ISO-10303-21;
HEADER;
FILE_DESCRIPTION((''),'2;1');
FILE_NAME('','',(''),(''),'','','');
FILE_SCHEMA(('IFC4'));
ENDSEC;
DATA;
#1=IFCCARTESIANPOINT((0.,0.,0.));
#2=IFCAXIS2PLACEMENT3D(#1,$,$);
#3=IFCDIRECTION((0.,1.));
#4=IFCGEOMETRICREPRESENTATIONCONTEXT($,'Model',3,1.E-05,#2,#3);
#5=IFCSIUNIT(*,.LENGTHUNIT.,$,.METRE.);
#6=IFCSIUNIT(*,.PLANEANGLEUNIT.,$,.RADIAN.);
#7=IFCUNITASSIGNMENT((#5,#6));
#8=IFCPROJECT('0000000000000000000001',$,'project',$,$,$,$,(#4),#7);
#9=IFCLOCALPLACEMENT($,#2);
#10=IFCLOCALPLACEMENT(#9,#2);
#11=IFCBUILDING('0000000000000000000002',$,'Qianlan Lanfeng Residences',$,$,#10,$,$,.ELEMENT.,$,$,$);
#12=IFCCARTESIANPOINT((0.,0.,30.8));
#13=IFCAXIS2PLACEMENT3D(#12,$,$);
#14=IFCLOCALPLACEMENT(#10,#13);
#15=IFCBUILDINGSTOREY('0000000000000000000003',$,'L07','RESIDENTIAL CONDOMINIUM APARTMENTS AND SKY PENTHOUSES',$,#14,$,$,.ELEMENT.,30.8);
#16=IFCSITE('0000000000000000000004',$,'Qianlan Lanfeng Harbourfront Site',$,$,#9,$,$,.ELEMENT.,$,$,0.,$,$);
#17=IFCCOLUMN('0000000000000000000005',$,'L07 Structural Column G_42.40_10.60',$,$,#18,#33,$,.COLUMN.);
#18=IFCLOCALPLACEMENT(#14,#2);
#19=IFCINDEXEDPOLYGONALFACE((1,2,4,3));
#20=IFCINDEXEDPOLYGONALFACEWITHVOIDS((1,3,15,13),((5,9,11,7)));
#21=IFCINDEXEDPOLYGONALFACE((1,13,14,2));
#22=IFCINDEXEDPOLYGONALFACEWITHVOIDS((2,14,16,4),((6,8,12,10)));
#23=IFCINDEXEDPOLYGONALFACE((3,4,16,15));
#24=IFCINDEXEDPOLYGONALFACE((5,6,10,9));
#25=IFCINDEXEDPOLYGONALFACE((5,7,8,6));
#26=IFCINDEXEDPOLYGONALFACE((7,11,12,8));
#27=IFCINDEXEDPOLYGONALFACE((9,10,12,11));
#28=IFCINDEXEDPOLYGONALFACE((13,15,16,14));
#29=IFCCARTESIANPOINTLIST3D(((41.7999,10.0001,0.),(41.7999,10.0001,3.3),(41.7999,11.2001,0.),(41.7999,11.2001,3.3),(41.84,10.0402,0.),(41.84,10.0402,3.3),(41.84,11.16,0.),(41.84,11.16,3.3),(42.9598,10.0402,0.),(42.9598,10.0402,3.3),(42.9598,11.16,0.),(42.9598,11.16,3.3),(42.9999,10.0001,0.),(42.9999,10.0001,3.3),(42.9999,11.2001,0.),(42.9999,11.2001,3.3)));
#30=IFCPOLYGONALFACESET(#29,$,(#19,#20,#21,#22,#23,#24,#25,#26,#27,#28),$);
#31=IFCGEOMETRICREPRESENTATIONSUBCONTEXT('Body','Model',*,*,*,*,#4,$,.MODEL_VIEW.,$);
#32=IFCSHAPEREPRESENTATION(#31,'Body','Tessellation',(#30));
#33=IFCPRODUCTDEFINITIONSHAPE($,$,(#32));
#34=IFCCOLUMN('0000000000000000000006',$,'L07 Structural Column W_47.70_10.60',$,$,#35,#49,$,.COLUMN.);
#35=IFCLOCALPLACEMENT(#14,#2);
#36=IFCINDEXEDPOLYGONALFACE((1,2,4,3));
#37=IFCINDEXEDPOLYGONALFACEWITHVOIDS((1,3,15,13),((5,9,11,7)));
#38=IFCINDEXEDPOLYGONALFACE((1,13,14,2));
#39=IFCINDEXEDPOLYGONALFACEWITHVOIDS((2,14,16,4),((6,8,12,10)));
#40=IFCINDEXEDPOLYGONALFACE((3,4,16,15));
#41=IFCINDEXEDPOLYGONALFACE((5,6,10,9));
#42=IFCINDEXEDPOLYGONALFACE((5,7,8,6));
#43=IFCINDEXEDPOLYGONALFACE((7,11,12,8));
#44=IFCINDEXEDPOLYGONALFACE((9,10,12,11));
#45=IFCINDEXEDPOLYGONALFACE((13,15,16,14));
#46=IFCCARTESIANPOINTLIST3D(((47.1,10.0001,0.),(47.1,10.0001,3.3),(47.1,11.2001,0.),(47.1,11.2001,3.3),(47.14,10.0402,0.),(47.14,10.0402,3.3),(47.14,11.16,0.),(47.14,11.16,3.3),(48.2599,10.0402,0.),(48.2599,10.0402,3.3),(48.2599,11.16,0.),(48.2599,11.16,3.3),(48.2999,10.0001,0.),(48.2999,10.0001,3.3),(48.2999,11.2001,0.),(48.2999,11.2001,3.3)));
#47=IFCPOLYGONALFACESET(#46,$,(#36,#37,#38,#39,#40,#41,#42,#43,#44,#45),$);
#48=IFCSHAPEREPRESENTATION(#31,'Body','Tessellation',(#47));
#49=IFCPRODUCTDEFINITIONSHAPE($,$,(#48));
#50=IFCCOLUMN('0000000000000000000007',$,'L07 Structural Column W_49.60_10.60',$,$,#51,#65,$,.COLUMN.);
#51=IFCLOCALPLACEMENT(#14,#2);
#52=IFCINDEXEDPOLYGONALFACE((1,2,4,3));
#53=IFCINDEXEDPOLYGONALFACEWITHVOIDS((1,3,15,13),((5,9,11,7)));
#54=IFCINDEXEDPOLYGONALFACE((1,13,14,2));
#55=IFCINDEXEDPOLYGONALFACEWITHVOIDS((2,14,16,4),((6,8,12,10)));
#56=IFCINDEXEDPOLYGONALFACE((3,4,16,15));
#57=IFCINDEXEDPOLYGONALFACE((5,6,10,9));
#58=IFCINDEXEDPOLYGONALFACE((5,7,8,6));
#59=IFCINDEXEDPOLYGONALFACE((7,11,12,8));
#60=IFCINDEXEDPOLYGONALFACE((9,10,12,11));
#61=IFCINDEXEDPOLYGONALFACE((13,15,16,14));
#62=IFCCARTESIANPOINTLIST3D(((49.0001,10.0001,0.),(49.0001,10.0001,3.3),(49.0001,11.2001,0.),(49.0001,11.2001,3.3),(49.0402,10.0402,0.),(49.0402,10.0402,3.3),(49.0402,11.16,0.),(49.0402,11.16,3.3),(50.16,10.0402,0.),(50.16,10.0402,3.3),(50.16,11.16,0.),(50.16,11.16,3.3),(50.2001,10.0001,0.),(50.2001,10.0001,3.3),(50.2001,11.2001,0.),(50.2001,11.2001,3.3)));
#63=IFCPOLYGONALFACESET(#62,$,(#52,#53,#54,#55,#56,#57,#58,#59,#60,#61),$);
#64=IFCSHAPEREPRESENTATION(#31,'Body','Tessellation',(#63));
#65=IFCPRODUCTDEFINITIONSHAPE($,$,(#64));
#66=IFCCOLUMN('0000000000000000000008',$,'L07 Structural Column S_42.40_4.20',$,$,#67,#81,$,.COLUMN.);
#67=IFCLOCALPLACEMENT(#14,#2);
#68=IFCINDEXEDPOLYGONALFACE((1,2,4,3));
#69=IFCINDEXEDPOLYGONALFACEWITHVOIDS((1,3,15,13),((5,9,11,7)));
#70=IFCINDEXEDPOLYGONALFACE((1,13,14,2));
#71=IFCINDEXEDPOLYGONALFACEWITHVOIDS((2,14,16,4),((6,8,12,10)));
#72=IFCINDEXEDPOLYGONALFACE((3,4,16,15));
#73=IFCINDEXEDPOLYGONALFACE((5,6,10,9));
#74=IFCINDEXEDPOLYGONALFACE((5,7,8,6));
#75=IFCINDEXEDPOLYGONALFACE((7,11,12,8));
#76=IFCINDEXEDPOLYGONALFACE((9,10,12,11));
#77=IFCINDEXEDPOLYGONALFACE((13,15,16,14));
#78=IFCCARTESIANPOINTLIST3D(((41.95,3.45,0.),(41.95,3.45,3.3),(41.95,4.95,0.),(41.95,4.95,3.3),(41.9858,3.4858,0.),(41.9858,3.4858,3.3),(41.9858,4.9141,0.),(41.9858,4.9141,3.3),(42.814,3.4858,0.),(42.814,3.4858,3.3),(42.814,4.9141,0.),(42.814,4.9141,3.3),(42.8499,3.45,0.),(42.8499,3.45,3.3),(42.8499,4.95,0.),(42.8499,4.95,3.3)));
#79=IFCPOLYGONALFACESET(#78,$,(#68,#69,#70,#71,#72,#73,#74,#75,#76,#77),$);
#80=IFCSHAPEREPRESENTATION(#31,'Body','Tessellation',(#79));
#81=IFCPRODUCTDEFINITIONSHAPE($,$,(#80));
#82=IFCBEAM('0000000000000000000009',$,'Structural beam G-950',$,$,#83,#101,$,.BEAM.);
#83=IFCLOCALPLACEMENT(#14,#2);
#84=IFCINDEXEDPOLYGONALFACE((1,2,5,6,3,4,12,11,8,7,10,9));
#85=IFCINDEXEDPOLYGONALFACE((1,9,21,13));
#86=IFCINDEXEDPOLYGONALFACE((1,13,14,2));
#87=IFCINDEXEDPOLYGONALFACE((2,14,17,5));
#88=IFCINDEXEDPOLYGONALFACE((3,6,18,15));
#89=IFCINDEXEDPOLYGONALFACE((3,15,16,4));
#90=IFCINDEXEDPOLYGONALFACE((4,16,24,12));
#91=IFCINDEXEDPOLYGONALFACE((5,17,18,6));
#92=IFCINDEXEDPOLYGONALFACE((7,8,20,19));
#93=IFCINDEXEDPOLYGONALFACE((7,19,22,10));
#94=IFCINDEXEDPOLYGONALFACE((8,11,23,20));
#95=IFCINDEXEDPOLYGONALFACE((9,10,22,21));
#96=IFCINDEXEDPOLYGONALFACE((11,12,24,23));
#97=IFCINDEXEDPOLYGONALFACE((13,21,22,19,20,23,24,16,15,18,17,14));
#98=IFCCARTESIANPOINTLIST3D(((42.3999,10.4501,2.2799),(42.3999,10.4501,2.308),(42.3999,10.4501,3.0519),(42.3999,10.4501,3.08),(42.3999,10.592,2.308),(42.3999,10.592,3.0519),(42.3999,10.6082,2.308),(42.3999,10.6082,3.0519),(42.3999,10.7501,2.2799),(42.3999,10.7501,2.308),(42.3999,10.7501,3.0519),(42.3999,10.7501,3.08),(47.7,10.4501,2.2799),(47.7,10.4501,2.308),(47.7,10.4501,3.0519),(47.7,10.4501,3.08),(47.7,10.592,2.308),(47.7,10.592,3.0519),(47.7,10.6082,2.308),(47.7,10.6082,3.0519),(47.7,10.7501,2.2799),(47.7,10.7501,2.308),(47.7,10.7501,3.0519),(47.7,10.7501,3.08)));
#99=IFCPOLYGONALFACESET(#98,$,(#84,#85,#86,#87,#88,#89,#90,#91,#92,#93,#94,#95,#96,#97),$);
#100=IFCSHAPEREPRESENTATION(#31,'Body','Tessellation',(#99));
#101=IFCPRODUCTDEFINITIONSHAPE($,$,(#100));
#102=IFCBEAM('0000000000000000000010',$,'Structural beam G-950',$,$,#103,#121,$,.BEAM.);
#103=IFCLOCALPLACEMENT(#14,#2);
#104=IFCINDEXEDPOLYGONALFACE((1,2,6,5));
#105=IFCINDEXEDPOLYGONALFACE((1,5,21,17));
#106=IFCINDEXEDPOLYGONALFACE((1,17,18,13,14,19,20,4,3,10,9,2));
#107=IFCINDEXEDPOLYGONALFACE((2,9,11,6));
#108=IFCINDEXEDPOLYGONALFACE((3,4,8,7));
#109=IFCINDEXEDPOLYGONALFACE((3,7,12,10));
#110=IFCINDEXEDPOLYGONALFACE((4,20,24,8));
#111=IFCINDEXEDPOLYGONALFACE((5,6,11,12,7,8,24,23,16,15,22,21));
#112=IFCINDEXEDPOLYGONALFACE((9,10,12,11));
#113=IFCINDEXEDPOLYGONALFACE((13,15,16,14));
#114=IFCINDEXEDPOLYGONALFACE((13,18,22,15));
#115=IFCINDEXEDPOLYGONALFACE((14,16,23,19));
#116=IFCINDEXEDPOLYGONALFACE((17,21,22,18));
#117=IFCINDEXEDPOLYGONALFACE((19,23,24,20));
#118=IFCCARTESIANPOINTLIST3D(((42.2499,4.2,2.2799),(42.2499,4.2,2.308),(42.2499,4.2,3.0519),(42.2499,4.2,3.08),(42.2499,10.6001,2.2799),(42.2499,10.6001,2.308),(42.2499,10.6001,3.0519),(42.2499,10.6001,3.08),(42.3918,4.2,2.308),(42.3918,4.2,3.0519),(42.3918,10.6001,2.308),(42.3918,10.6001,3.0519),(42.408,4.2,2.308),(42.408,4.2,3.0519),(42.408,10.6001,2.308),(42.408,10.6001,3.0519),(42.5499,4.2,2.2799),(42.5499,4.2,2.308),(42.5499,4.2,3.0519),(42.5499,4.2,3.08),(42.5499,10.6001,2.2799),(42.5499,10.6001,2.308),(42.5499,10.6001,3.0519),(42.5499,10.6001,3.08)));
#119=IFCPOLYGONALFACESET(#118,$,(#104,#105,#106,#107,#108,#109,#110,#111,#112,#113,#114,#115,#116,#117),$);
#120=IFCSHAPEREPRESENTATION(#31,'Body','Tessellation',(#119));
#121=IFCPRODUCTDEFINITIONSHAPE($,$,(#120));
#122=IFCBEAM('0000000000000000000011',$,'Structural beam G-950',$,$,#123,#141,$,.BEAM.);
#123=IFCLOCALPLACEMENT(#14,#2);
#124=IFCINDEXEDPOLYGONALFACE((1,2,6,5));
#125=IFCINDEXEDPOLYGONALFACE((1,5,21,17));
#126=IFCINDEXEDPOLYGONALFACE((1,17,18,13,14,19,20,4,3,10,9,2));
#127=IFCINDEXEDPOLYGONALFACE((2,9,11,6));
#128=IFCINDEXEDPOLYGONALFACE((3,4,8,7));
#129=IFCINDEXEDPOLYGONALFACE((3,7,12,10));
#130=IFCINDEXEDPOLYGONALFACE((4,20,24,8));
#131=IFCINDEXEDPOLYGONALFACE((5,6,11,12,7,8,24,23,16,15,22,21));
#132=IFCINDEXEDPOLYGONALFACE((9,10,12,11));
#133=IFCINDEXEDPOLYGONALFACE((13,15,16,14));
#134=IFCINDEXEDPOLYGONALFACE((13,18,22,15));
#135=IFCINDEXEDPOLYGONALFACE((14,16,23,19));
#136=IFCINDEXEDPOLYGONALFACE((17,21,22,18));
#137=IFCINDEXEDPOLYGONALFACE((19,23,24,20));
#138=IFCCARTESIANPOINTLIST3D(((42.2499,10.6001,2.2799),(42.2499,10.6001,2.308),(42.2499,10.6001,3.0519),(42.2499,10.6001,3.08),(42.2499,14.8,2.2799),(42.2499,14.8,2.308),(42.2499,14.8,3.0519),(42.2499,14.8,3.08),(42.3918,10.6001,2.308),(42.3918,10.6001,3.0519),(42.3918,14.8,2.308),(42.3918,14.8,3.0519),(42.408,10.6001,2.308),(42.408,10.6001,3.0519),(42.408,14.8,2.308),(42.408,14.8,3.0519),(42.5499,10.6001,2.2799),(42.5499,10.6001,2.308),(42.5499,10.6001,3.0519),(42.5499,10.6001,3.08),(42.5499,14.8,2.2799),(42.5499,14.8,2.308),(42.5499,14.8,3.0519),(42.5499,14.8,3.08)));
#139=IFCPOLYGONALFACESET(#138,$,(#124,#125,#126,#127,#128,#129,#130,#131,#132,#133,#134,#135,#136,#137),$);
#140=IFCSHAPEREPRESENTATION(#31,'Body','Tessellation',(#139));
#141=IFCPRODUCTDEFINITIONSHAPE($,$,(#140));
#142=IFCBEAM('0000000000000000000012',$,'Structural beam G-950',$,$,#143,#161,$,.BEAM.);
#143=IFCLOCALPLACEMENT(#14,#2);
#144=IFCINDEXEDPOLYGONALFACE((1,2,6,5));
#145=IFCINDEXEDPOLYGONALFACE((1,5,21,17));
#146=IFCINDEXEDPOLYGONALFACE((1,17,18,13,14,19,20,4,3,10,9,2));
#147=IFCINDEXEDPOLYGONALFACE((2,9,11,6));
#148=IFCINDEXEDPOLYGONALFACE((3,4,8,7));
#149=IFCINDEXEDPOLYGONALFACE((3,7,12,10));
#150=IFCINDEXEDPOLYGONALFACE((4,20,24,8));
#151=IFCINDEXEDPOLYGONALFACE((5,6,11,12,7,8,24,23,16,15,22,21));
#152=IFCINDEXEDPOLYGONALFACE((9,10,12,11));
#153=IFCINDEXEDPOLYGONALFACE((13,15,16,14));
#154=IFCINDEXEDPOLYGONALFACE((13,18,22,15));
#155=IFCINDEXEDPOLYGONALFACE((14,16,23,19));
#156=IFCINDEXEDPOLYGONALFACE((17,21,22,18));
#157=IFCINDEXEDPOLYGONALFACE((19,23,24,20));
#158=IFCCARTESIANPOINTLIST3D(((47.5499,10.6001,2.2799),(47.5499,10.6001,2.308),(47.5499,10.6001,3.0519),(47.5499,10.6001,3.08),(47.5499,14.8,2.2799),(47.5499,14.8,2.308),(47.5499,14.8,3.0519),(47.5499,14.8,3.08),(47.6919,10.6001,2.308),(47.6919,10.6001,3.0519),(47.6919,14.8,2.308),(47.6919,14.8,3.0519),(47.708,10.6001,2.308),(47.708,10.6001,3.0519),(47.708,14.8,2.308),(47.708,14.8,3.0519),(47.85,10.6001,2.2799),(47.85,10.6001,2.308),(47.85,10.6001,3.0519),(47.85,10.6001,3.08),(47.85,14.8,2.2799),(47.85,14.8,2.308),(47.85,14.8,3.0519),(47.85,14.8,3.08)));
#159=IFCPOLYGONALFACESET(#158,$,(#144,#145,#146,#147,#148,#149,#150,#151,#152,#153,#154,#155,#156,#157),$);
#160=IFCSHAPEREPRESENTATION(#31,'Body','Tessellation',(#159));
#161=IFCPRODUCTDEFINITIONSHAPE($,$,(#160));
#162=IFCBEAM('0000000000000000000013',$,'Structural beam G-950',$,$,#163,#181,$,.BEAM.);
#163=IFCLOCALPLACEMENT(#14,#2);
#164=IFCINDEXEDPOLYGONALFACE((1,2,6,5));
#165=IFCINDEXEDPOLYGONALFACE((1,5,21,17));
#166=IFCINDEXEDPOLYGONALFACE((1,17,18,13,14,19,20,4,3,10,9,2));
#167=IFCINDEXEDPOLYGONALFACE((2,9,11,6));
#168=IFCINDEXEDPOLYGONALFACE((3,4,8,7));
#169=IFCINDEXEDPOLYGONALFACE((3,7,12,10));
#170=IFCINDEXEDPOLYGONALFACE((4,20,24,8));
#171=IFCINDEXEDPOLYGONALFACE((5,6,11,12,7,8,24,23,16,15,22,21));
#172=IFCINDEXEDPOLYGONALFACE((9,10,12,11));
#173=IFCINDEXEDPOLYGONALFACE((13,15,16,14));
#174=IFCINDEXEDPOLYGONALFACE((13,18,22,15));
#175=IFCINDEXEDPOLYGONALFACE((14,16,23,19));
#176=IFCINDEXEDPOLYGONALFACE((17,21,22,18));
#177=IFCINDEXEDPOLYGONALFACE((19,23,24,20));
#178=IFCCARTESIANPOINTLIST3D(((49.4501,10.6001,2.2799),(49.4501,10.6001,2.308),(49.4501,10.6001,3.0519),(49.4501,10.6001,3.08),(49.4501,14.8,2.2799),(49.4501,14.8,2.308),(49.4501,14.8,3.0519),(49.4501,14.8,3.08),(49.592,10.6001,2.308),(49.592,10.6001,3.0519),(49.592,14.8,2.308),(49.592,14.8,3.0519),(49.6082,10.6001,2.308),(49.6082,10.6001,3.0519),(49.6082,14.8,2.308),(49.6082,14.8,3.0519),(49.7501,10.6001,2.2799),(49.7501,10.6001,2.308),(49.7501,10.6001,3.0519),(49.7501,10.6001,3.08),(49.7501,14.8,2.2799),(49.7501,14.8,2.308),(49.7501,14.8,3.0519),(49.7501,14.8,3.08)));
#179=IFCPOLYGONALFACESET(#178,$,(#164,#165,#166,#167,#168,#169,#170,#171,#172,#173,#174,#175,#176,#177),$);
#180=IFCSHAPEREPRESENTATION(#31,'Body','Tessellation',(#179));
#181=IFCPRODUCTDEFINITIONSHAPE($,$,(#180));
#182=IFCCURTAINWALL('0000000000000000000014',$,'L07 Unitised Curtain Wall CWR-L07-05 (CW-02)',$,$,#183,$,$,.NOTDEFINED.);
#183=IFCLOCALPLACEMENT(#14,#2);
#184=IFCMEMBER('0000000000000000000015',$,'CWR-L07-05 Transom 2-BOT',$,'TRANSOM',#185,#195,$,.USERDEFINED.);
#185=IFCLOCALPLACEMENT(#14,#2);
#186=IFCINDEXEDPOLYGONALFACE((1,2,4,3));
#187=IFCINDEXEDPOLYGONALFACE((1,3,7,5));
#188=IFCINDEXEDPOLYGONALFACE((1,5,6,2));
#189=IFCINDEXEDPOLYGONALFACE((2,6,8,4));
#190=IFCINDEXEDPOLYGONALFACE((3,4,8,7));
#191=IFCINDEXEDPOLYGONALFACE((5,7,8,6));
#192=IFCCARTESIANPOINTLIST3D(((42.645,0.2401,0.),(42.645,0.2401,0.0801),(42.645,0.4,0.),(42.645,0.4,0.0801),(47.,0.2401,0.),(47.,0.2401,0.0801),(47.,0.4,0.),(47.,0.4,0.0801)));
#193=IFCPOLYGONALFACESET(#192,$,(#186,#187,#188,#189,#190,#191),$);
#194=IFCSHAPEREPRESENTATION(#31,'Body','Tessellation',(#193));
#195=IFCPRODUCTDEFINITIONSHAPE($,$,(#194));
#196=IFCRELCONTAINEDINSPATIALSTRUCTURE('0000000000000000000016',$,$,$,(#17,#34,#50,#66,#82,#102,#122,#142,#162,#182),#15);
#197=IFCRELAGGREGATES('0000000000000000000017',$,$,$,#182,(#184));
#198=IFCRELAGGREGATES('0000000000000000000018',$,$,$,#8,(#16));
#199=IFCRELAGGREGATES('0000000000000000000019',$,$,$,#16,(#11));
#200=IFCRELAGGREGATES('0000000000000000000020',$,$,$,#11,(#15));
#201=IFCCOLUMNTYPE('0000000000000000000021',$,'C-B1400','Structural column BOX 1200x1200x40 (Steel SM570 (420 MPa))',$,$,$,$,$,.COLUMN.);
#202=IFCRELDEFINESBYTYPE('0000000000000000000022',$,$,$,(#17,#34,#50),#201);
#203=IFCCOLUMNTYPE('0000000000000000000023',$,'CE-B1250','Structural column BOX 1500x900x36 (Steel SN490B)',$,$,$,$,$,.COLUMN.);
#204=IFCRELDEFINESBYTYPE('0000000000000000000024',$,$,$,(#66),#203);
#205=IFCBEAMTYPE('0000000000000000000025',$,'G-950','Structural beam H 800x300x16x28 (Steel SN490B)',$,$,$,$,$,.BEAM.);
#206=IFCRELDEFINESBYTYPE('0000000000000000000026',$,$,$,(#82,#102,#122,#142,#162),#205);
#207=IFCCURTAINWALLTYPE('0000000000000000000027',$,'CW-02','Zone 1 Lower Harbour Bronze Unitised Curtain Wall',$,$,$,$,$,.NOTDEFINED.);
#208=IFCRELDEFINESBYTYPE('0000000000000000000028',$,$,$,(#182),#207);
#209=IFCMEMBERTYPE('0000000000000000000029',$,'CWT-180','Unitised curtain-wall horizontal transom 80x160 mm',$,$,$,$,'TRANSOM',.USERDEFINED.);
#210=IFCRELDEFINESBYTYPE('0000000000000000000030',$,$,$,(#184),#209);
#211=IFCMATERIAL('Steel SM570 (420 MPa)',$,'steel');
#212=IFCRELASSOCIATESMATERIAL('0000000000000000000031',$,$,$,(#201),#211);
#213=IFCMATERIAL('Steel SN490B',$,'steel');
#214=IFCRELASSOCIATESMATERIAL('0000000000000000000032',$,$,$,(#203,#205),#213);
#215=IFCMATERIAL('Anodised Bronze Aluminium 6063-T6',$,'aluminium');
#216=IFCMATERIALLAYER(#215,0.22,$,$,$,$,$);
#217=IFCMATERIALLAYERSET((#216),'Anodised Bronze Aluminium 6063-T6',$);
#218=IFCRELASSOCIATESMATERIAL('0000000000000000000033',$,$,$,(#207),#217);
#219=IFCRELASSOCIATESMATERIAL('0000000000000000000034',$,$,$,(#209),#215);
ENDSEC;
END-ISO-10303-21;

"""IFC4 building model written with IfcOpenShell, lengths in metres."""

from ifc_helpers import new_model, si_unit, direction, frame, origin, origin_2d, place, context, subcontext, project, spatial, rectangle, hollow_rectangle, i_section, extrude, source, transform, mapped, material, layer, layer_set, material_profile, profile_set, type_object, element, aggregate, save


model = new_model("IFC4")

# Units and contexts
model_context = context("Model", 3, precision=1e-05, world=origin(), true_north=direction((0.0, 1.0)))
body_context = subcontext(model_context, "Body", "Model", "MODEL_VIEW")
ifc_project = project(units=[si_unit("LENGTHUNIT", "METRE"), si_unit("PLANEANGLEUNIT", "RADIAN")], contexts=[model_context])

# Site, building, storey
site_placement = place(None, origin())
site = spatial("IfcSite", under=ifc_project, at=site_placement, Name="Qianlan Lanfeng Harbourfront Site", CompositionType="ELEMENT", RefElevation=0.0)
building_placement = place(site_placement, origin())
building = spatial("IfcBuilding", under=site, at=building_placement, Name="Qianlan Lanfeng Residences", CompositionType="ELEMENT")
storey_placement = place(building_placement, frame((0.0, 0.0, 30.8)))
storey = spatial("IfcBuildingStorey", under=building, at=storey_placement, Name="L07", Description="RESIDENTIAL CONDOMINIUM APARTMENTS AND SKY PENTHOUSES", CompositionType="ELEMENT", Elevation=30.8)

# Columns
ifc_material_1 = material(Name="Steel SM570 (420 MPa)", Category="steel")
ifc_material_profile_1 = material_profile(ifc_material_1, hollow_rectangle(XDim=1.2, YDim=1.2, WallThickness=0.04, at=origin_2d()), Name="BOX 1200x1200x40")
ifc_profile_set_1 = profile_set([ifc_material_profile_1], Name="Steel SM570 (420 MPa)")
column_type_1 = type_object("IfcColumnType", Name="C-B1400", Description="Structural column BOX 1200x1200x40 (Steel SM570 (420 MPa))", PredefinedType="COLUMN", material=ifc_profile_set_1)
for number, where, z_axis, x_axis, name in (
    (1, (42.3999, 10.6001, 0.0), (0.0, 0.0, 1.0), (1.0, 0.0, 0.0), "L07 Structural Column G_42.40_10.60"),
    (2, (47.7, 10.6001, 0.0), (0.0, 0.0, 1.0), (1.0, 0.0, 0.0), "L07 Structural Column W_47.70_10.60"),
    (3, (49.6001, 10.6001, 0.0), (0.0, 0.0, 1.0), (1.0, 0.0, 0.0), "L07 Structural Column W_49.60_10.60"),
):
    element("IfcColumn", number, at=place(storey_placement, frame(where, z_axis=z_axis, x_axis=x_axis)), inside=storey, type_object=column_type_1, Name=name, PredefinedType="COLUMN", context=body_context, shape_type="SweptSolid", body=[
        extrude(hollow_rectangle(XDim=1.2, YDim=1.2, WallThickness=0.04, at=origin_2d()), origin(), (0.0, 0.0, 1.0), 3.3),
    ])
ifc_material_2 = material(Name="Steel SN490B", Category="steel")
ifc_material_profile_2 = material_profile(ifc_material_2, hollow_rectangle(XDim=0.8999, YDim=1.5, WallThickness=0.0359, at=origin_2d()), Name="BOX 1500x900x36")
ifc_profile_set_2 = profile_set([ifc_material_profile_2], Name="Steel SN490B")
column_type_2 = type_object("IfcColumnType", Name="CE-B1250", Description="Structural column BOX 1500x900x36 (Steel SN490B)", PredefinedType="COLUMN", material=ifc_profile_set_2)
column_placement = place(storey_placement, frame((42.3999, 4.2, 0.0), z_axis=(0.0, 0.0, 1.0), x_axis=(1.0, 0.0, 0.0)))
element("IfcColumn", 4, at=column_placement, inside=storey, type_object=column_type_2, Name="L07 Structural Column S_42.40_4.20", PredefinedType="COLUMN", context=body_context, shape_type="SweptSolid", body=[
    extrude(hollow_rectangle(XDim=0.8999, YDim=1.5, WallThickness=0.0359, at=origin_2d()), origin(), (0.0, 0.0, 1.0), 3.3),
])

# Beams
ifc_material_profile_3 = material_profile(ifc_material_2, i_section(OverallWidth=0.3, OverallDepth=0.8, WebThickness=0.0161, FlangeThickness=0.0281, at=origin_2d()), Name="H 800x300x16x28")
ifc_profile_set_3 = profile_set([ifc_material_profile_3], Name="Steel SN490B")
beam_type = type_object("IfcBeamType", Name="G-950", Description="Structural beam H 800x300x16x28 (Steel SN490B)", PredefinedType="BEAM", material=ifc_profile_set_3)
beam_1_placement = place(storey_placement, frame((42.3999, 10.6001, 2.6799), z_axis=(1.0, 0.0, 0.0), x_axis=(0.0, 1.0, 0.0)))
element("IfcBeam", 5, at=beam_1_placement, inside=storey, type_object=beam_type, Name="Structural beam G-950", PredefinedType="BEAM", context=body_context, shape_type="SweptSolid", body=[
    extrude(i_section(OverallWidth=0.3, OverallDepth=0.8, WebThickness=0.0161, FlangeThickness=0.0281, at=origin_2d()), origin(), (0.0, 0.0, 1.0), 5.3),
])
beam_2_placement = place(storey_placement, frame((42.3999, 4.2, 2.6799), z_axis=(0.0, 1.0, 0.0), x_axis=(-1.0, 0.0, 0.0)))
element("IfcBeam", 6, at=beam_2_placement, inside=storey, type_object=beam_type, Name="Structural beam G-950", PredefinedType="BEAM", context=body_context, shape_type="SweptSolid", body=[
    extrude(i_section(OverallWidth=0.3, OverallDepth=0.8, WebThickness=0.0161, FlangeThickness=0.0281, at=origin_2d()), origin(), (0.0, 0.0, 1.0), 6.4001),
])
for number, where, z_axis, x_axis, name in (
    (7, (42.3999, 10.6001, 2.6799), (0.0, 1.0, 0.0), (-1.0, 0.0, 0.0), "Structural beam G-950"),
    (8, (47.7, 10.6001, 2.6799), (0.0, 1.0, 0.0), (-1.0, 0.0, 0.0), "Structural beam G-950"),
    (9, (49.6001, 10.6001, 2.6799), (0.0, 1.0, 0.0), (-1.0, 0.0, 0.0), "Structural beam G-950"),
):
    element("IfcBeam", number, at=place(storey_placement, frame(where, z_axis=z_axis, x_axis=x_axis)), inside=storey, type_object=beam_type, Name=name, PredefinedType="BEAM", context=body_context, shape_type="SweptSolid", body=[
        extrude(i_section(OverallWidth=0.3, OverallDepth=0.8, WebThickness=0.0161, FlangeThickness=0.0281, at=origin_2d()), origin(), (0.0, 0.0, 1.0), 4.2),
    ])

# Curtain wall, member
ifc_material_3 = material(Name="Anodised Bronze Aluminium 6063-T6", Category="aluminium")
ifc_layer_1 = layer(ifc_material_3, 0.22)
ifc_layer_set_1 = layer_set([ifc_layer_1], Name="Anodised Bronze Aluminium 6063-T6")
curtain_wall_type = type_object("IfcCurtainWallType", Name="CW-02", Description="Zone 1 Lower Harbour Bronze Unitised Curtain Wall", PredefinedType="NOTDEFINED", material=ifc_layer_set_1)
curtain_wall_placement = place(storey_placement, origin())
curtain_wall = element("IfcCurtainWall", 10, at=curtain_wall_placement, inside=storey, type_object=curtain_wall_type, Name="L07 Unitised Curtain Wall CWR-L07-05 (CW-02)", PredefinedType="NOTDEFINED")
ifc_material_profile_4 = material_profile(ifc_material_3, rectangle(XDim=0.0801, YDim=0.1599, at=origin_2d()), Name="ALU TRANSOM 80x160")
ifc_profile_set_4 = profile_set([ifc_material_profile_4], Name="Anodised Bronze Aluminium 6063-T6")
member_type_1 = type_object("IfcMemberType", Name="CWT-180", Description="Unitised curtain-wall horizontal transom 80x160 mm", ElementType="TRANSOM", PredefinedType="USERDEFINED", material=ifc_profile_set_4)
shared_shape_1 = source(origin(), body_context, "Body", "SweptSolid", [
    extrude(rectangle(XDim=0.0801, YDim=0.1599, at=origin_2d()), origin(), (0.0, 0.0, 1.0), 4.355),
])
member_1_placement = place(storey_placement, frame((42.645, 0.3201, 0.04), z_axis=(1.0, 0.0, 0.0), x_axis=(0.0, 0.0, 1.0)))
member_1 = element("IfcMember", 11, at=member_1_placement, type_object=member_type_1, Name="CWR-L07-05 Transom 2-BOT", ObjectType="TRANSOM", PredefinedType="USERDEFINED", context=body_context, shape_type="MappedRepresentation", body=[
    mapped(shared_shape_1, transform((0.0, 0.0, 0.0), scale=1.0)),
])
aggregate(curtain_wall, [member_1])

save(model, "model.ifc")
